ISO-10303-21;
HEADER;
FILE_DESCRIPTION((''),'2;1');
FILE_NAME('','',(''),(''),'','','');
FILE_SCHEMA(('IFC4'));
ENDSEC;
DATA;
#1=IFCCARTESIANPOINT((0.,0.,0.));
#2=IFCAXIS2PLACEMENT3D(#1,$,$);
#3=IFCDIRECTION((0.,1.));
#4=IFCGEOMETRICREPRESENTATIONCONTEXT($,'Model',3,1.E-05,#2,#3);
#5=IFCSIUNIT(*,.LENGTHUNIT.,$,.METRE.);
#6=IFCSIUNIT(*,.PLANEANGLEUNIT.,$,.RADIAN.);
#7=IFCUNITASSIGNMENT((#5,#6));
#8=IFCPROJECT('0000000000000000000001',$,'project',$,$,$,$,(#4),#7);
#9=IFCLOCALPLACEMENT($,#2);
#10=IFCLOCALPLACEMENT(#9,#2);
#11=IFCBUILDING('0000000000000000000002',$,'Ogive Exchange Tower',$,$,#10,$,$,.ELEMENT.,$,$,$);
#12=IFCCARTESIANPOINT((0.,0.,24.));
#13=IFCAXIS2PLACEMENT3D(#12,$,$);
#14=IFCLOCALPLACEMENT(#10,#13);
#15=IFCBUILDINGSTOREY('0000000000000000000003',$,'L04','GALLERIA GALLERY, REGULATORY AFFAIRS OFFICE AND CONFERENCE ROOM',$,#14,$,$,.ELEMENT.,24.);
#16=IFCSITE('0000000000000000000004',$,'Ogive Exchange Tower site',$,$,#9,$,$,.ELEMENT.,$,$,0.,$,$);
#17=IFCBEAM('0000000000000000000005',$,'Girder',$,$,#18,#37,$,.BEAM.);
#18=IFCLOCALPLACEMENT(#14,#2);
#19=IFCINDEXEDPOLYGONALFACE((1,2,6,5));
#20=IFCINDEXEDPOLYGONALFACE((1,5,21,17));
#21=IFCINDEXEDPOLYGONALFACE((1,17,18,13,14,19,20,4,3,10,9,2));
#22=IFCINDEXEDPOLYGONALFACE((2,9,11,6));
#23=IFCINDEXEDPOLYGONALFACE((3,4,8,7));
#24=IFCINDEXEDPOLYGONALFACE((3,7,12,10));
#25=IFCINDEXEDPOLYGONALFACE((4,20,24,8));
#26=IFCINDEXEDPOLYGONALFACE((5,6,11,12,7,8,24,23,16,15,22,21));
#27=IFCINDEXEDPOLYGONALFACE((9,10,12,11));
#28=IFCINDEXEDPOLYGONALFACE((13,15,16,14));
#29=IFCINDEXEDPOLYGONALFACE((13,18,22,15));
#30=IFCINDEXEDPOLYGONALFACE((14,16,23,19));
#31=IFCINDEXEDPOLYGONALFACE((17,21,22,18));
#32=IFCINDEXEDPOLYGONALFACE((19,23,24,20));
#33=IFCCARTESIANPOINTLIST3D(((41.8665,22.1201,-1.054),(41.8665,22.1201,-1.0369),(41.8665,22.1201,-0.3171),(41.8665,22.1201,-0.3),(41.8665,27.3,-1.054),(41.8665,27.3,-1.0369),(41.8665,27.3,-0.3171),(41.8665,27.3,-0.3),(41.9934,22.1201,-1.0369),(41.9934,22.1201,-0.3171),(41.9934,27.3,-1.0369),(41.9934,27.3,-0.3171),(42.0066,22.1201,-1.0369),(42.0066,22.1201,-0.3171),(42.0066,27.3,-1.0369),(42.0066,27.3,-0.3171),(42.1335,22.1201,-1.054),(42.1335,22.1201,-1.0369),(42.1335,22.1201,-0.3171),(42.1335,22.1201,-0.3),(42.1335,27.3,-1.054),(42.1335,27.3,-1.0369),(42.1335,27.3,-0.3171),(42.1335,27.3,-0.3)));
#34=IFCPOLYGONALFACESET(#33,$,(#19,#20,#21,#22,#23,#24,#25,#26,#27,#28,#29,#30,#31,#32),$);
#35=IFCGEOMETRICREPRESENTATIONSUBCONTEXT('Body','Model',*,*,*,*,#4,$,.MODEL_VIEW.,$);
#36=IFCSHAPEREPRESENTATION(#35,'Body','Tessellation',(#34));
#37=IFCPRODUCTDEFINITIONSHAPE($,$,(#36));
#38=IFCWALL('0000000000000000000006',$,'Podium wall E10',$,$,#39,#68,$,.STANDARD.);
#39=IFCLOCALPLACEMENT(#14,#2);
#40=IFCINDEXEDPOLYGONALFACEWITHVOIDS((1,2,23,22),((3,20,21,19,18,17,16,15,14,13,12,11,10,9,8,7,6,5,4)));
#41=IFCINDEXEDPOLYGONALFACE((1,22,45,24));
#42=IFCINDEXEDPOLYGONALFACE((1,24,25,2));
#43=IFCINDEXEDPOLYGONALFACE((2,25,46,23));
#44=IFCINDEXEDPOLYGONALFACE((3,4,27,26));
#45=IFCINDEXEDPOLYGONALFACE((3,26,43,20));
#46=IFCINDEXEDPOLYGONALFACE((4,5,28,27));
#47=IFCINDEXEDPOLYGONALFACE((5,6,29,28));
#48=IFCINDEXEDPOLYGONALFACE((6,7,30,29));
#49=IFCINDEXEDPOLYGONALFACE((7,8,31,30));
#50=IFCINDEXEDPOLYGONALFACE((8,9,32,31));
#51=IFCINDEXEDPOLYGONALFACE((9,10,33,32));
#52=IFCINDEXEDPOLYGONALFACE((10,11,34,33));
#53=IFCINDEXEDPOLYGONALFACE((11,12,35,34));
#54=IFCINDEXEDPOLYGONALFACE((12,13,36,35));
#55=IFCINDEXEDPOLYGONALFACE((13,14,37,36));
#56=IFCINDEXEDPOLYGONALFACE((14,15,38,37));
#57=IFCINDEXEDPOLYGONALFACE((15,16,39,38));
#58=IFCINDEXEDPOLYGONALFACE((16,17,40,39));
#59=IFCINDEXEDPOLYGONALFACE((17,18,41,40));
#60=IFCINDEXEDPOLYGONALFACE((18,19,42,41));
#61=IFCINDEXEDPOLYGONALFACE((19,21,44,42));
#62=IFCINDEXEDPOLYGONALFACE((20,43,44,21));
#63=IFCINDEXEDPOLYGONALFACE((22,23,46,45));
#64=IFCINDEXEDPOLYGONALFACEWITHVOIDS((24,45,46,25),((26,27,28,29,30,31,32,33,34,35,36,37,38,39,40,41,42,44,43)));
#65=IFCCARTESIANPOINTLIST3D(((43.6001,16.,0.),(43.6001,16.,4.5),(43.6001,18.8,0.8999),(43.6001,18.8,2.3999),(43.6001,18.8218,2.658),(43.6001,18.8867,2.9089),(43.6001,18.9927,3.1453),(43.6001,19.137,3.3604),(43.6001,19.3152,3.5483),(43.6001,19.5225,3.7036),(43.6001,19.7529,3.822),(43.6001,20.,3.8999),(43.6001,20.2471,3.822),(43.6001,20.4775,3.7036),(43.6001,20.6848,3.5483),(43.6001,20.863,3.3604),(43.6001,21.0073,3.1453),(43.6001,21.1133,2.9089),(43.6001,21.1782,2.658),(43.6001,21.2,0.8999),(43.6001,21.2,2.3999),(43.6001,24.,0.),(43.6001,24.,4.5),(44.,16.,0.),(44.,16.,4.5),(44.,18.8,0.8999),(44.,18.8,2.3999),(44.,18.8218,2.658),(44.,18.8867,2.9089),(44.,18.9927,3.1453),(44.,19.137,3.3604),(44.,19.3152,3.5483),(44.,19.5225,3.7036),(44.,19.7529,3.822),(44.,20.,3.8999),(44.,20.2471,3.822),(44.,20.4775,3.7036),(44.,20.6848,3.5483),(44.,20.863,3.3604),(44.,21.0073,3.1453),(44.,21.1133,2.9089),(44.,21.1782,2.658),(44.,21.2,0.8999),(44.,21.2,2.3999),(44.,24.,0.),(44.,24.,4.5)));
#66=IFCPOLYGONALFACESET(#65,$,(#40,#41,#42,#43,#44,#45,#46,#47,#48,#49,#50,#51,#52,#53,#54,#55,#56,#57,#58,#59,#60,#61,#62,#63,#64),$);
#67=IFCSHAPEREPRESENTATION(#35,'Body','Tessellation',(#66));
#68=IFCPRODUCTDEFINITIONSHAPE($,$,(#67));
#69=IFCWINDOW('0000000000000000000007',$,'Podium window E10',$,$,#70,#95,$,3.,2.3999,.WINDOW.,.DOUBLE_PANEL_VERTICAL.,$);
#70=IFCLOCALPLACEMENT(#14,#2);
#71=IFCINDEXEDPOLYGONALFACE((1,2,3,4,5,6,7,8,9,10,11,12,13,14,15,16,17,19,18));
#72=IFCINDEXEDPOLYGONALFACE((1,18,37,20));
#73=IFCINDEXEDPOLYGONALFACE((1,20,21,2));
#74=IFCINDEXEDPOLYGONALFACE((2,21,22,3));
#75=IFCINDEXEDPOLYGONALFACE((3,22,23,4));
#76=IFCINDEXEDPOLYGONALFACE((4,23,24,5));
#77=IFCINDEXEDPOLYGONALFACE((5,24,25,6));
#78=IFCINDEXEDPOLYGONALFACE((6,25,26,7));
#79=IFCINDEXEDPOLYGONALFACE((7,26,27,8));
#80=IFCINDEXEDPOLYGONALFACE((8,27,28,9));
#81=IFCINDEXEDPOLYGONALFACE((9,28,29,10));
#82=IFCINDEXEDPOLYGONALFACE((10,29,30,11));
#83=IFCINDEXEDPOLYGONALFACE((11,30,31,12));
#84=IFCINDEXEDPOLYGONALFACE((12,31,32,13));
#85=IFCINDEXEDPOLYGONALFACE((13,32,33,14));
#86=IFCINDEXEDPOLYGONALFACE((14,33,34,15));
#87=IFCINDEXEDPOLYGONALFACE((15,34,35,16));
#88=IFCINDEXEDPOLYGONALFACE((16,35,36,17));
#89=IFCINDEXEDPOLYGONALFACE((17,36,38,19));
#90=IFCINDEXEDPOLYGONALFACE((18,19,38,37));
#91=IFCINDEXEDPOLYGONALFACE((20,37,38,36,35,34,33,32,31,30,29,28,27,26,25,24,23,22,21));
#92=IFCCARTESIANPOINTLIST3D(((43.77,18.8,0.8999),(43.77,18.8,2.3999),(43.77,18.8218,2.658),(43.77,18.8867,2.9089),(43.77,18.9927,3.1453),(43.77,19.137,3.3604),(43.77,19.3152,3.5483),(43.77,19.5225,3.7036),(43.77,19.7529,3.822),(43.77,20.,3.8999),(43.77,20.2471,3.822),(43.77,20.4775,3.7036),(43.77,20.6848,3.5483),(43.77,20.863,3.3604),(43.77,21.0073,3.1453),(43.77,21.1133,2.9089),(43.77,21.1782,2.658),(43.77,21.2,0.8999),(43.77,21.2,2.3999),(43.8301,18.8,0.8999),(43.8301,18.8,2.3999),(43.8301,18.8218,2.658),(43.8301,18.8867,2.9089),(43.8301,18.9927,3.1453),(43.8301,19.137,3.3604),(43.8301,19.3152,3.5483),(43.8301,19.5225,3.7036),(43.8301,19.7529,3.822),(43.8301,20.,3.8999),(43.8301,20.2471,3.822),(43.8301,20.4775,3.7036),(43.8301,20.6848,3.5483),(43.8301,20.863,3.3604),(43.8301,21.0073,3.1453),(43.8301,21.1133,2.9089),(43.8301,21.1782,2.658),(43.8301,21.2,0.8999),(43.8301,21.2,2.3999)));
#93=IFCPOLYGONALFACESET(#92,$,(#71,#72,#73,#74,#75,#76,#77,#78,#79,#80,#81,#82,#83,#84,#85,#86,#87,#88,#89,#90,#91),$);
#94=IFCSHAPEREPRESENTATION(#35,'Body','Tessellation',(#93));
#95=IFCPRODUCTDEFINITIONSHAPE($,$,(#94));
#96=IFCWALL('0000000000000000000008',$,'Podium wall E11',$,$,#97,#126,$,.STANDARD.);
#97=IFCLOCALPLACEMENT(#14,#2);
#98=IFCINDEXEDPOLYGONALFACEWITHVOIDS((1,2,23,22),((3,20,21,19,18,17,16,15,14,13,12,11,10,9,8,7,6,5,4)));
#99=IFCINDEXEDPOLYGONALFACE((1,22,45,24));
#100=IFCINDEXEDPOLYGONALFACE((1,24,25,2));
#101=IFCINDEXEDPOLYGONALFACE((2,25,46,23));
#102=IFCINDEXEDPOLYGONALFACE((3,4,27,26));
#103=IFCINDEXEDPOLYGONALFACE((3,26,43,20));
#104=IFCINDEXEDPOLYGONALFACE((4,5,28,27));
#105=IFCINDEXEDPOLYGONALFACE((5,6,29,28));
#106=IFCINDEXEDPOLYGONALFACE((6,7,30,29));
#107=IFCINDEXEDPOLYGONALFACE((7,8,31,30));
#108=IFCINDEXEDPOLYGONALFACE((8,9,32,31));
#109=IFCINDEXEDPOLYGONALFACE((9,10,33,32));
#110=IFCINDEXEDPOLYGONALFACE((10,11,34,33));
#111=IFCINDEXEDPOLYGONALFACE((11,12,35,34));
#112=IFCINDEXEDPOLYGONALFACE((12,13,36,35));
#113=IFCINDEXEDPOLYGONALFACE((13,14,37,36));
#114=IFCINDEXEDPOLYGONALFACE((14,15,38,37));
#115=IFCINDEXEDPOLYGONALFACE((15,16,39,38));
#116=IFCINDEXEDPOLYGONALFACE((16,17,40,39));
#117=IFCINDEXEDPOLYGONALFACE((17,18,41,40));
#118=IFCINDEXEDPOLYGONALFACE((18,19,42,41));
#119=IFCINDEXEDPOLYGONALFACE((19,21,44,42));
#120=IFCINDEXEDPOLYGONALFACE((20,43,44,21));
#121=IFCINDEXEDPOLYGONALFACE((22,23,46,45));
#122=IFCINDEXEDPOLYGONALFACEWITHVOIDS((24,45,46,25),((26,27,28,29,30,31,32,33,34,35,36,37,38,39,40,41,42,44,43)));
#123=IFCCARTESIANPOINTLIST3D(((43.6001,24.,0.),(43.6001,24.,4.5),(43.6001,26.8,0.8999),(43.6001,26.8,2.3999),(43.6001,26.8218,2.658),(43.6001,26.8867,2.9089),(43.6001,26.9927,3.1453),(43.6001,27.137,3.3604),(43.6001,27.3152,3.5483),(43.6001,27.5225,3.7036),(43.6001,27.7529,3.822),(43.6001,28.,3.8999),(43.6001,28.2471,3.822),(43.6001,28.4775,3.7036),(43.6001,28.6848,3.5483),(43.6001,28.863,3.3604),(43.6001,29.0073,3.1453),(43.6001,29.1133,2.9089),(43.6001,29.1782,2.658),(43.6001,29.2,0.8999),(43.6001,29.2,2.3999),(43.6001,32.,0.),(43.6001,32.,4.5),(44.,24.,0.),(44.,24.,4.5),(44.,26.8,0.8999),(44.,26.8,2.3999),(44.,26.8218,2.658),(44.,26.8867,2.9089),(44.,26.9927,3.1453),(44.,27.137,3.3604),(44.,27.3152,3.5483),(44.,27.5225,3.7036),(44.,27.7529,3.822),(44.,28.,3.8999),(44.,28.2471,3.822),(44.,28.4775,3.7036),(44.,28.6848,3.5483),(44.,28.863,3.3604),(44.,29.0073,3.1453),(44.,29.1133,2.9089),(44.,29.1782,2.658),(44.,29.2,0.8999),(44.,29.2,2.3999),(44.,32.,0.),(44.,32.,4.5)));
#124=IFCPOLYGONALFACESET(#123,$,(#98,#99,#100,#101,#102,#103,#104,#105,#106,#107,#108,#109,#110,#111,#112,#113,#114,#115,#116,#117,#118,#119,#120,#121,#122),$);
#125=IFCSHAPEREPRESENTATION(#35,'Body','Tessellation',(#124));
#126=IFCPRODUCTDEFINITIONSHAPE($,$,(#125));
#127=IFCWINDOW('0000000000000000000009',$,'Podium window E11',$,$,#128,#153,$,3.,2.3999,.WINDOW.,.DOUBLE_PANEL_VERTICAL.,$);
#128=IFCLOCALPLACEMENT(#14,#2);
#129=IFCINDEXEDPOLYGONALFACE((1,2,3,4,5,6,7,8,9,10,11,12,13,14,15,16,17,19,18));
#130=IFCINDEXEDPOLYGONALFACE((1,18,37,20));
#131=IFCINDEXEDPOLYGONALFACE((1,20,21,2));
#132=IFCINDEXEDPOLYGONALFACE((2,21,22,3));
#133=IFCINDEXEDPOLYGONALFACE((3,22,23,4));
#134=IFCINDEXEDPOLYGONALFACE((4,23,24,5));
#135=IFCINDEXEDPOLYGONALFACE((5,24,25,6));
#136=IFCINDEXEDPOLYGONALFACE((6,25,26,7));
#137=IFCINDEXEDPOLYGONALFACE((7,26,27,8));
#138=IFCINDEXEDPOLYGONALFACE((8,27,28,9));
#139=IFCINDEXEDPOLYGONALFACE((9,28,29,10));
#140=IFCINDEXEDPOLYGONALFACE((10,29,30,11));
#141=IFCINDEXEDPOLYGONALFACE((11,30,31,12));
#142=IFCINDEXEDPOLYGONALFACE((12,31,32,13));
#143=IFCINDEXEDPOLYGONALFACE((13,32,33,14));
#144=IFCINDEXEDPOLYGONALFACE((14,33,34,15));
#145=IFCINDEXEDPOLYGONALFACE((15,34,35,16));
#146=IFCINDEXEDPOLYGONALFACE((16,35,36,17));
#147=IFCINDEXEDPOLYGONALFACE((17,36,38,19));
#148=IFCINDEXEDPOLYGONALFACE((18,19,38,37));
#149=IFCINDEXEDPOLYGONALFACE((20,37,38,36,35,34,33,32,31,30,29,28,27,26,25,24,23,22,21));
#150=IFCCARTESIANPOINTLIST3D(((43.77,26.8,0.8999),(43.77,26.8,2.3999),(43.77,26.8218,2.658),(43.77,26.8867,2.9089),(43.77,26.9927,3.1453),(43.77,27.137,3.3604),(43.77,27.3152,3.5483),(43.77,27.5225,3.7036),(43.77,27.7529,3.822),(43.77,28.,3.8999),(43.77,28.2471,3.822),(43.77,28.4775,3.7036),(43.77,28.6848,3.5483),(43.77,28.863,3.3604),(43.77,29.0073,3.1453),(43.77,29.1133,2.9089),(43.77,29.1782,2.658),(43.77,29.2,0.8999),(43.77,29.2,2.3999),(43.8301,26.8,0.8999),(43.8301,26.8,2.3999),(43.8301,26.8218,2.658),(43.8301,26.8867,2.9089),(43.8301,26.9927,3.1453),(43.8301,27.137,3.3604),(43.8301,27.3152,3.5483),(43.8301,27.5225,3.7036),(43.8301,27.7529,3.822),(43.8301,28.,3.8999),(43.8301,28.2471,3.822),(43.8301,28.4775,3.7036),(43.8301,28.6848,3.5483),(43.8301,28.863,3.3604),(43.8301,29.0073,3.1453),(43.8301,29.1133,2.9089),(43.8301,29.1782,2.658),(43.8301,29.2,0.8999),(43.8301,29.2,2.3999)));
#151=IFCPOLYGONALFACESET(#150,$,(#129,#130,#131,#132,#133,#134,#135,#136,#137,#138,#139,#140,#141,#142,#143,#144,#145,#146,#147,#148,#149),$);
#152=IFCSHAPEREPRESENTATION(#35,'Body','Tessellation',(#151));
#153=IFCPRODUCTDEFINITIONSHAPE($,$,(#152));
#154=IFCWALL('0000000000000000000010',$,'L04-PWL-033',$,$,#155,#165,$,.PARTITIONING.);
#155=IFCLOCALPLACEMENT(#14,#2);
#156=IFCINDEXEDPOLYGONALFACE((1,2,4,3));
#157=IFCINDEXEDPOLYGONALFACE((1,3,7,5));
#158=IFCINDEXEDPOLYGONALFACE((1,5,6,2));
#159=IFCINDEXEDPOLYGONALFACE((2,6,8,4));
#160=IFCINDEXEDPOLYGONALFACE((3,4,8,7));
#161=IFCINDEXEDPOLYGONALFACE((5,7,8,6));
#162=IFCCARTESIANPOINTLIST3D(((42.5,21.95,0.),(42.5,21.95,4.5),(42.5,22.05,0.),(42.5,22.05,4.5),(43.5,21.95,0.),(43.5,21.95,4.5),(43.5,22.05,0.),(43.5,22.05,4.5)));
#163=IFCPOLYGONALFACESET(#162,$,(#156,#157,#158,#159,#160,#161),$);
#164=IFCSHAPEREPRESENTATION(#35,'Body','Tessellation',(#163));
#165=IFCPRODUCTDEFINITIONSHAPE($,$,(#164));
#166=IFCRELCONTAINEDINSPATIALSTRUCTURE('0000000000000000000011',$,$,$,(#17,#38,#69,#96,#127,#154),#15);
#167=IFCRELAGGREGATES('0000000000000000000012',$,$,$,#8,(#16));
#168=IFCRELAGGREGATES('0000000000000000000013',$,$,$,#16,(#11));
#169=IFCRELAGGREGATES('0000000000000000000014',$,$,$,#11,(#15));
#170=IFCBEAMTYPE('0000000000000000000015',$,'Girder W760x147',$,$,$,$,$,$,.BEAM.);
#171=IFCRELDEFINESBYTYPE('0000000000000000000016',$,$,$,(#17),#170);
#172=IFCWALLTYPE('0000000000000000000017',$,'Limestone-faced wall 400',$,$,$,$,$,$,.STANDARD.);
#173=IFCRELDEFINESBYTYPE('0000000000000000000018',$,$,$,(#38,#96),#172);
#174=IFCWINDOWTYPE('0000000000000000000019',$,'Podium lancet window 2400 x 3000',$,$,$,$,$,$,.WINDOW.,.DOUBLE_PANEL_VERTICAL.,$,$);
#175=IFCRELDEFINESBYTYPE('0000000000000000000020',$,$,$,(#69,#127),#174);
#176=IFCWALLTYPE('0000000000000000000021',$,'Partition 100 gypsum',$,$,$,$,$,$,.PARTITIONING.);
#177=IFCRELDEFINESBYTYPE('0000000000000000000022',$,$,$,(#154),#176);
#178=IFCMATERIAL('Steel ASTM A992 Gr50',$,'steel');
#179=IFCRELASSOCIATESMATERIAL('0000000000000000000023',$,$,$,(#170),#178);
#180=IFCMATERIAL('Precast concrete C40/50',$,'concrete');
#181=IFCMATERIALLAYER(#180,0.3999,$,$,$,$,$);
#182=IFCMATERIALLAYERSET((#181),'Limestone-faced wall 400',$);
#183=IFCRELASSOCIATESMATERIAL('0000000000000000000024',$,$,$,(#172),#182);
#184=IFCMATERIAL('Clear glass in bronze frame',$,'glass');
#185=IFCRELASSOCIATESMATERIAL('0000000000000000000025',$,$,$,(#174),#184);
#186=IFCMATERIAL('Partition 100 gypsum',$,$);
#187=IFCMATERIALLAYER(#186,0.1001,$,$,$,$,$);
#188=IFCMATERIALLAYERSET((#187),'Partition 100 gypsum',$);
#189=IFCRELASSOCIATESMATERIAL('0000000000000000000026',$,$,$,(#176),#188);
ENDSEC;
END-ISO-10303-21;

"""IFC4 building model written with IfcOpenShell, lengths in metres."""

from ifc_helpers import new_model, si_unit, direction, frame, frame_2d, origin, origin_2d, place, context, subcontext, project, spatial, polyline, rectangle, i_section, outline, extrude, material, layer, layer_set, material_profile, profile_set, type_object, element, fill, save


model = new_model("IFC4")

# Units and contexts
model_context = context("Model", 3, precision=1e-05, world=origin(), true_north=direction((0.0, 1.0)))
body_context = subcontext(model_context, "Body", "Model", "MODEL_VIEW")
ifc_project = project(units=[si_unit("LENGTHUNIT", "METRE"), si_unit("PLANEANGLEUNIT", "RADIAN")], contexts=[model_context])

# Site, building, storey
site_placement = place(None, origin())
site = spatial("IfcSite", under=ifc_project, at=site_placement, Name="Ogive Exchange Tower site", CompositionType="ELEMENT", RefElevation=0.0)
building_placement = place(site_placement, origin())
building = spatial("IfcBuilding", under=site, at=building_placement, Name="Ogive Exchange Tower", CompositionType="ELEMENT")
storey_placement = place(building_placement, frame((0.0, 0.0, 24.0)))
storey = spatial("IfcBuildingStorey", under=building, at=storey_placement, Name="L04", Description="GALLERIA GALLERY, REGULATORY AFFAIRS OFFICE AND CONFERENCE ROOM", CompositionType="ELEMENT", Elevation=24.0)

# Beam
ifc_material_1 = material(Name="Steel ASTM A992 Gr50", Category="steel")
ifc_material_profile_1 = material_profile(ifc_material_1, i_section(OverallWidth=0.2671, OverallDepth=0.7539, WebThickness=0.0132, FlangeThickness=0.0171, at=origin_2d()), Name="W760x147")
ifc_profile_set_1 = profile_set([ifc_material_profile_1], Name="Steel ASTM A992 Gr50")
beam_type_1 = type_object("IfcBeamType", Name="Girder W760x147", PredefinedType="BEAM", material=ifc_profile_set_1)
beam_1_placement = place(storey_placement, frame((42.0, 22.1201, -0.677), z_axis=(0.0, 1.0, 0.0), x_axis=(-1.0, 0.0, 0.0)))
element("IfcBeam", 1, at=beam_1_placement, inside=storey, type_object=beam_type_1, Name="Girder", PredefinedType="BEAM", context=body_context, shape_type="SweptSolid", body=[
    extrude(i_section(OverallWidth=0.2671, OverallDepth=0.7539, WebThickness=0.0132, FlangeThickness=0.0171, at=origin_2d()), origin(), (0.0, 0.0, 1.0), 5.1799),
])

# Walls, openings, windows
ifc_material_2 = material(Name="Precast concrete C40/50", Category="concrete")
ifc_layer_1 = layer(ifc_material_2, 0.3999)
ifc_layer_set_1 = layer_set([ifc_layer_1], Name="Limestone-faced wall 400")
wall_type_1 = type_object("IfcWallType", Name="Limestone-faced wall 400", PredefinedType="STANDARD", material=ifc_layer_set_1)
wall_1_placement = place(storey_placement, frame((43.8, 16.0, 0.0), z_axis=(0.0, 0.0, 1.0), x_axis=(0.0, 1.0, 0.0)))
wall_1 = element("IfcWall", 2, at=wall_1_placement, inside=storey, type_object=wall_type_1, Name="Podium wall E10", PredefinedType="STANDARD", context=body_context, shape_type="SweptSolid", body=[
    extrude(rectangle(XDim=8.0, YDim=0.3999, at=frame_2d((4.0, 0.0))), origin(), (0.0, 0.0, 1.0), 4.5),
])
opening_1_placement = place(wall_1_placement, frame((2.8, 0.0, 0.8999)))
opening_1 = element("IfcOpeningElement", 3, at=opening_1_placement, cuts=wall_1, PredefinedType="OPENING", context=body_context, shape_type="SweptSolid", body=[
    extrude(outline(polyline([(0.0, 0.0), (2.3999, 0.0), (2.3999, 1.5), (2.3782, 1.7581), (2.3132, 2.009), (2.2073, 2.2454), (2.063, 2.4604), (1.8848, 2.6484), (1.6775, 2.8037), (1.447, 2.9221), (1.2, 3.0), (0.9529, 2.9221), (0.7224, 2.8037), (0.5151, 2.6484), (0.3369, 2.4604), (0.1926, 2.2454), (0.0867, 2.009), (0.0217, 1.7581), (0.0, 1.5), (0.0, 0.0)])), frame((0.0, 0.21, 0.0), z_axis=(0.0, -1.0, 0.0), x_axis=(1.0, 0.0, 0.0)), (0.0, 0.0, 1.0), 0.4199),
])
ifc_material_3 = material(Name="Clear glass in bronze frame", Category="glass")
window_type = type_object("IfcWindowType", Name="Podium lancet window 2400 x 3000", PartitioningType="DOUBLE_PANEL_VERTICAL", PredefinedType="WINDOW", material=ifc_material_3)
window_1_placement = place(opening_1_placement, origin())
window_1 = element("IfcWindow", 4, at=window_1_placement, inside=storey, type_object=window_type, Name="Podium window E10", OverallHeight=3.0, OverallWidth=2.3999, PartitioningType="DOUBLE_PANEL_VERTICAL", PredefinedType="WINDOW", context=body_context, shape_type="SweptSolid", body=[
    extrude(outline(polyline([(0.0, 0.0), (2.3999, 0.0), (2.3999, 1.5), (2.3782, 1.7581), (2.3132, 2.009), (2.2073, 2.2454), (2.063, 2.4604), (1.8848, 2.6484), (1.6775, 2.8037), (1.447, 2.9221), (1.2, 3.0), (0.9529, 2.9221), (0.7224, 2.8037), (0.5151, 2.6484), (0.3369, 2.4604), (0.1926, 2.2454), (0.0867, 2.009), (0.0217, 1.7581), (0.0, 1.5), (0.0, 0.0)])), frame((0.0, 0.03, 0.0), z_axis=(0.0, -1.0, 0.0), x_axis=(1.0, 0.0, 0.0)), (0.0, 0.0, 1.0), 0.0601),
])
fill(opening_1, window_1)
wall_2_placement = place(storey_placement, frame((43.8, 24.0, 0.0), z_axis=(0.0, 0.0, 1.0), x_axis=(0.0, 1.0, 0.0)))
wall_2 = element("IfcWall", 5, at=wall_2_placement, inside=storey, type_object=wall_type_1, Name="Podium wall E11", PredefinedType="STANDARD", context=body_context, shape_type="SweptSolid", body=[
    extrude(rectangle(XDim=8.0, YDim=0.3999, at=frame_2d((4.0, 0.0))), origin(), (0.0, 0.0, 1.0), 4.5),
])
opening_2_placement = place(wall_2_placement, frame((2.8, 0.0, 0.8999)))
opening_2 = element("IfcOpeningElement", 6, at=opening_2_placement, cuts=wall_2, PredefinedType="OPENING", context=body_context, shape_type="SweptSolid", body=[
    extrude(outline(polyline([(0.0, 0.0), (2.3999, 0.0), (2.3999, 1.5), (2.3782, 1.7581), (2.3132, 2.009), (2.2073, 2.2454), (2.063, 2.4604), (1.8848, 2.6484), (1.6775, 2.8037), (1.447, 2.9221), (1.2, 3.0), (0.9529, 2.9221), (0.7224, 2.8037), (0.5151, 2.6484), (0.3369, 2.4604), (0.1926, 2.2454), (0.0867, 2.009), (0.0217, 1.7581), (0.0, 1.5), (0.0, 0.0)])), frame((0.0, 0.21, 0.0), z_axis=(0.0, -1.0, 0.0), x_axis=(1.0, 0.0, 0.0)), (0.0, 0.0, 1.0), 0.4199),
])
window_2_placement = place(opening_2_placement, origin())
window_2 = element("IfcWindow", 7, at=window_2_placement, inside=storey, type_object=window_type, Name="Podium window E11", OverallHeight=3.0, OverallWidth=2.3999, PartitioningType="DOUBLE_PANEL_VERTICAL", PredefinedType="WINDOW", context=body_context, shape_type="SweptSolid", body=[
    extrude(outline(polyline([(0.0, 0.0), (2.3999, 0.0), (2.3999, 1.5), (2.3782, 1.7581), (2.3132, 2.009), (2.2073, 2.2454), (2.063, 2.4604), (1.8848, 2.6484), (1.6775, 2.8037), (1.447, 2.9221), (1.2, 3.0), (0.9529, 2.9221), (0.7224, 2.8037), (0.5151, 2.6484), (0.3369, 2.4604), (0.1926, 2.2454), (0.0867, 2.009), (0.0217, 1.7581), (0.0, 1.5), (0.0, 0.0)])), frame((0.0, 0.03, 0.0), z_axis=(0.0, -1.0, 0.0), x_axis=(1.0, 0.0, 0.0)), (0.0, 0.0, 1.0), 0.0601),
])
fill(opening_2, window_2)

# Wall
ifc_material_4 = material(Name="Partition 100 gypsum")
ifc_layer_2 = layer(ifc_material_4, 0.1001)
ifc_layer_set_2 = layer_set([ifc_layer_2], Name="Partition 100 gypsum")
wall_type_2 = type_object("IfcWallType", Name="Partition 100 gypsum", PredefinedType="PARTITIONING", material=ifc_layer_set_2)
wall_3_placement = place(storey_placement, frame((42.5, 22.0, 0.0), z_axis=(0.0, 0.0, 1.0), x_axis=(1.0, 0.0, 0.0)))
element("IfcWall", 8, at=wall_3_placement, inside=storey, type_object=wall_type_2, Name="L04-PWL-033", PredefinedType="PARTITIONING", context=body_context, shape_type="SweptSolid", body=[
    extrude(rectangle(XDim=1.0, YDim=0.1001, at=frame_2d((0.5, 0.0))), origin(), (0.0, 0.0, 1.0), 4.5),
])

save(model, "model.ifc")
